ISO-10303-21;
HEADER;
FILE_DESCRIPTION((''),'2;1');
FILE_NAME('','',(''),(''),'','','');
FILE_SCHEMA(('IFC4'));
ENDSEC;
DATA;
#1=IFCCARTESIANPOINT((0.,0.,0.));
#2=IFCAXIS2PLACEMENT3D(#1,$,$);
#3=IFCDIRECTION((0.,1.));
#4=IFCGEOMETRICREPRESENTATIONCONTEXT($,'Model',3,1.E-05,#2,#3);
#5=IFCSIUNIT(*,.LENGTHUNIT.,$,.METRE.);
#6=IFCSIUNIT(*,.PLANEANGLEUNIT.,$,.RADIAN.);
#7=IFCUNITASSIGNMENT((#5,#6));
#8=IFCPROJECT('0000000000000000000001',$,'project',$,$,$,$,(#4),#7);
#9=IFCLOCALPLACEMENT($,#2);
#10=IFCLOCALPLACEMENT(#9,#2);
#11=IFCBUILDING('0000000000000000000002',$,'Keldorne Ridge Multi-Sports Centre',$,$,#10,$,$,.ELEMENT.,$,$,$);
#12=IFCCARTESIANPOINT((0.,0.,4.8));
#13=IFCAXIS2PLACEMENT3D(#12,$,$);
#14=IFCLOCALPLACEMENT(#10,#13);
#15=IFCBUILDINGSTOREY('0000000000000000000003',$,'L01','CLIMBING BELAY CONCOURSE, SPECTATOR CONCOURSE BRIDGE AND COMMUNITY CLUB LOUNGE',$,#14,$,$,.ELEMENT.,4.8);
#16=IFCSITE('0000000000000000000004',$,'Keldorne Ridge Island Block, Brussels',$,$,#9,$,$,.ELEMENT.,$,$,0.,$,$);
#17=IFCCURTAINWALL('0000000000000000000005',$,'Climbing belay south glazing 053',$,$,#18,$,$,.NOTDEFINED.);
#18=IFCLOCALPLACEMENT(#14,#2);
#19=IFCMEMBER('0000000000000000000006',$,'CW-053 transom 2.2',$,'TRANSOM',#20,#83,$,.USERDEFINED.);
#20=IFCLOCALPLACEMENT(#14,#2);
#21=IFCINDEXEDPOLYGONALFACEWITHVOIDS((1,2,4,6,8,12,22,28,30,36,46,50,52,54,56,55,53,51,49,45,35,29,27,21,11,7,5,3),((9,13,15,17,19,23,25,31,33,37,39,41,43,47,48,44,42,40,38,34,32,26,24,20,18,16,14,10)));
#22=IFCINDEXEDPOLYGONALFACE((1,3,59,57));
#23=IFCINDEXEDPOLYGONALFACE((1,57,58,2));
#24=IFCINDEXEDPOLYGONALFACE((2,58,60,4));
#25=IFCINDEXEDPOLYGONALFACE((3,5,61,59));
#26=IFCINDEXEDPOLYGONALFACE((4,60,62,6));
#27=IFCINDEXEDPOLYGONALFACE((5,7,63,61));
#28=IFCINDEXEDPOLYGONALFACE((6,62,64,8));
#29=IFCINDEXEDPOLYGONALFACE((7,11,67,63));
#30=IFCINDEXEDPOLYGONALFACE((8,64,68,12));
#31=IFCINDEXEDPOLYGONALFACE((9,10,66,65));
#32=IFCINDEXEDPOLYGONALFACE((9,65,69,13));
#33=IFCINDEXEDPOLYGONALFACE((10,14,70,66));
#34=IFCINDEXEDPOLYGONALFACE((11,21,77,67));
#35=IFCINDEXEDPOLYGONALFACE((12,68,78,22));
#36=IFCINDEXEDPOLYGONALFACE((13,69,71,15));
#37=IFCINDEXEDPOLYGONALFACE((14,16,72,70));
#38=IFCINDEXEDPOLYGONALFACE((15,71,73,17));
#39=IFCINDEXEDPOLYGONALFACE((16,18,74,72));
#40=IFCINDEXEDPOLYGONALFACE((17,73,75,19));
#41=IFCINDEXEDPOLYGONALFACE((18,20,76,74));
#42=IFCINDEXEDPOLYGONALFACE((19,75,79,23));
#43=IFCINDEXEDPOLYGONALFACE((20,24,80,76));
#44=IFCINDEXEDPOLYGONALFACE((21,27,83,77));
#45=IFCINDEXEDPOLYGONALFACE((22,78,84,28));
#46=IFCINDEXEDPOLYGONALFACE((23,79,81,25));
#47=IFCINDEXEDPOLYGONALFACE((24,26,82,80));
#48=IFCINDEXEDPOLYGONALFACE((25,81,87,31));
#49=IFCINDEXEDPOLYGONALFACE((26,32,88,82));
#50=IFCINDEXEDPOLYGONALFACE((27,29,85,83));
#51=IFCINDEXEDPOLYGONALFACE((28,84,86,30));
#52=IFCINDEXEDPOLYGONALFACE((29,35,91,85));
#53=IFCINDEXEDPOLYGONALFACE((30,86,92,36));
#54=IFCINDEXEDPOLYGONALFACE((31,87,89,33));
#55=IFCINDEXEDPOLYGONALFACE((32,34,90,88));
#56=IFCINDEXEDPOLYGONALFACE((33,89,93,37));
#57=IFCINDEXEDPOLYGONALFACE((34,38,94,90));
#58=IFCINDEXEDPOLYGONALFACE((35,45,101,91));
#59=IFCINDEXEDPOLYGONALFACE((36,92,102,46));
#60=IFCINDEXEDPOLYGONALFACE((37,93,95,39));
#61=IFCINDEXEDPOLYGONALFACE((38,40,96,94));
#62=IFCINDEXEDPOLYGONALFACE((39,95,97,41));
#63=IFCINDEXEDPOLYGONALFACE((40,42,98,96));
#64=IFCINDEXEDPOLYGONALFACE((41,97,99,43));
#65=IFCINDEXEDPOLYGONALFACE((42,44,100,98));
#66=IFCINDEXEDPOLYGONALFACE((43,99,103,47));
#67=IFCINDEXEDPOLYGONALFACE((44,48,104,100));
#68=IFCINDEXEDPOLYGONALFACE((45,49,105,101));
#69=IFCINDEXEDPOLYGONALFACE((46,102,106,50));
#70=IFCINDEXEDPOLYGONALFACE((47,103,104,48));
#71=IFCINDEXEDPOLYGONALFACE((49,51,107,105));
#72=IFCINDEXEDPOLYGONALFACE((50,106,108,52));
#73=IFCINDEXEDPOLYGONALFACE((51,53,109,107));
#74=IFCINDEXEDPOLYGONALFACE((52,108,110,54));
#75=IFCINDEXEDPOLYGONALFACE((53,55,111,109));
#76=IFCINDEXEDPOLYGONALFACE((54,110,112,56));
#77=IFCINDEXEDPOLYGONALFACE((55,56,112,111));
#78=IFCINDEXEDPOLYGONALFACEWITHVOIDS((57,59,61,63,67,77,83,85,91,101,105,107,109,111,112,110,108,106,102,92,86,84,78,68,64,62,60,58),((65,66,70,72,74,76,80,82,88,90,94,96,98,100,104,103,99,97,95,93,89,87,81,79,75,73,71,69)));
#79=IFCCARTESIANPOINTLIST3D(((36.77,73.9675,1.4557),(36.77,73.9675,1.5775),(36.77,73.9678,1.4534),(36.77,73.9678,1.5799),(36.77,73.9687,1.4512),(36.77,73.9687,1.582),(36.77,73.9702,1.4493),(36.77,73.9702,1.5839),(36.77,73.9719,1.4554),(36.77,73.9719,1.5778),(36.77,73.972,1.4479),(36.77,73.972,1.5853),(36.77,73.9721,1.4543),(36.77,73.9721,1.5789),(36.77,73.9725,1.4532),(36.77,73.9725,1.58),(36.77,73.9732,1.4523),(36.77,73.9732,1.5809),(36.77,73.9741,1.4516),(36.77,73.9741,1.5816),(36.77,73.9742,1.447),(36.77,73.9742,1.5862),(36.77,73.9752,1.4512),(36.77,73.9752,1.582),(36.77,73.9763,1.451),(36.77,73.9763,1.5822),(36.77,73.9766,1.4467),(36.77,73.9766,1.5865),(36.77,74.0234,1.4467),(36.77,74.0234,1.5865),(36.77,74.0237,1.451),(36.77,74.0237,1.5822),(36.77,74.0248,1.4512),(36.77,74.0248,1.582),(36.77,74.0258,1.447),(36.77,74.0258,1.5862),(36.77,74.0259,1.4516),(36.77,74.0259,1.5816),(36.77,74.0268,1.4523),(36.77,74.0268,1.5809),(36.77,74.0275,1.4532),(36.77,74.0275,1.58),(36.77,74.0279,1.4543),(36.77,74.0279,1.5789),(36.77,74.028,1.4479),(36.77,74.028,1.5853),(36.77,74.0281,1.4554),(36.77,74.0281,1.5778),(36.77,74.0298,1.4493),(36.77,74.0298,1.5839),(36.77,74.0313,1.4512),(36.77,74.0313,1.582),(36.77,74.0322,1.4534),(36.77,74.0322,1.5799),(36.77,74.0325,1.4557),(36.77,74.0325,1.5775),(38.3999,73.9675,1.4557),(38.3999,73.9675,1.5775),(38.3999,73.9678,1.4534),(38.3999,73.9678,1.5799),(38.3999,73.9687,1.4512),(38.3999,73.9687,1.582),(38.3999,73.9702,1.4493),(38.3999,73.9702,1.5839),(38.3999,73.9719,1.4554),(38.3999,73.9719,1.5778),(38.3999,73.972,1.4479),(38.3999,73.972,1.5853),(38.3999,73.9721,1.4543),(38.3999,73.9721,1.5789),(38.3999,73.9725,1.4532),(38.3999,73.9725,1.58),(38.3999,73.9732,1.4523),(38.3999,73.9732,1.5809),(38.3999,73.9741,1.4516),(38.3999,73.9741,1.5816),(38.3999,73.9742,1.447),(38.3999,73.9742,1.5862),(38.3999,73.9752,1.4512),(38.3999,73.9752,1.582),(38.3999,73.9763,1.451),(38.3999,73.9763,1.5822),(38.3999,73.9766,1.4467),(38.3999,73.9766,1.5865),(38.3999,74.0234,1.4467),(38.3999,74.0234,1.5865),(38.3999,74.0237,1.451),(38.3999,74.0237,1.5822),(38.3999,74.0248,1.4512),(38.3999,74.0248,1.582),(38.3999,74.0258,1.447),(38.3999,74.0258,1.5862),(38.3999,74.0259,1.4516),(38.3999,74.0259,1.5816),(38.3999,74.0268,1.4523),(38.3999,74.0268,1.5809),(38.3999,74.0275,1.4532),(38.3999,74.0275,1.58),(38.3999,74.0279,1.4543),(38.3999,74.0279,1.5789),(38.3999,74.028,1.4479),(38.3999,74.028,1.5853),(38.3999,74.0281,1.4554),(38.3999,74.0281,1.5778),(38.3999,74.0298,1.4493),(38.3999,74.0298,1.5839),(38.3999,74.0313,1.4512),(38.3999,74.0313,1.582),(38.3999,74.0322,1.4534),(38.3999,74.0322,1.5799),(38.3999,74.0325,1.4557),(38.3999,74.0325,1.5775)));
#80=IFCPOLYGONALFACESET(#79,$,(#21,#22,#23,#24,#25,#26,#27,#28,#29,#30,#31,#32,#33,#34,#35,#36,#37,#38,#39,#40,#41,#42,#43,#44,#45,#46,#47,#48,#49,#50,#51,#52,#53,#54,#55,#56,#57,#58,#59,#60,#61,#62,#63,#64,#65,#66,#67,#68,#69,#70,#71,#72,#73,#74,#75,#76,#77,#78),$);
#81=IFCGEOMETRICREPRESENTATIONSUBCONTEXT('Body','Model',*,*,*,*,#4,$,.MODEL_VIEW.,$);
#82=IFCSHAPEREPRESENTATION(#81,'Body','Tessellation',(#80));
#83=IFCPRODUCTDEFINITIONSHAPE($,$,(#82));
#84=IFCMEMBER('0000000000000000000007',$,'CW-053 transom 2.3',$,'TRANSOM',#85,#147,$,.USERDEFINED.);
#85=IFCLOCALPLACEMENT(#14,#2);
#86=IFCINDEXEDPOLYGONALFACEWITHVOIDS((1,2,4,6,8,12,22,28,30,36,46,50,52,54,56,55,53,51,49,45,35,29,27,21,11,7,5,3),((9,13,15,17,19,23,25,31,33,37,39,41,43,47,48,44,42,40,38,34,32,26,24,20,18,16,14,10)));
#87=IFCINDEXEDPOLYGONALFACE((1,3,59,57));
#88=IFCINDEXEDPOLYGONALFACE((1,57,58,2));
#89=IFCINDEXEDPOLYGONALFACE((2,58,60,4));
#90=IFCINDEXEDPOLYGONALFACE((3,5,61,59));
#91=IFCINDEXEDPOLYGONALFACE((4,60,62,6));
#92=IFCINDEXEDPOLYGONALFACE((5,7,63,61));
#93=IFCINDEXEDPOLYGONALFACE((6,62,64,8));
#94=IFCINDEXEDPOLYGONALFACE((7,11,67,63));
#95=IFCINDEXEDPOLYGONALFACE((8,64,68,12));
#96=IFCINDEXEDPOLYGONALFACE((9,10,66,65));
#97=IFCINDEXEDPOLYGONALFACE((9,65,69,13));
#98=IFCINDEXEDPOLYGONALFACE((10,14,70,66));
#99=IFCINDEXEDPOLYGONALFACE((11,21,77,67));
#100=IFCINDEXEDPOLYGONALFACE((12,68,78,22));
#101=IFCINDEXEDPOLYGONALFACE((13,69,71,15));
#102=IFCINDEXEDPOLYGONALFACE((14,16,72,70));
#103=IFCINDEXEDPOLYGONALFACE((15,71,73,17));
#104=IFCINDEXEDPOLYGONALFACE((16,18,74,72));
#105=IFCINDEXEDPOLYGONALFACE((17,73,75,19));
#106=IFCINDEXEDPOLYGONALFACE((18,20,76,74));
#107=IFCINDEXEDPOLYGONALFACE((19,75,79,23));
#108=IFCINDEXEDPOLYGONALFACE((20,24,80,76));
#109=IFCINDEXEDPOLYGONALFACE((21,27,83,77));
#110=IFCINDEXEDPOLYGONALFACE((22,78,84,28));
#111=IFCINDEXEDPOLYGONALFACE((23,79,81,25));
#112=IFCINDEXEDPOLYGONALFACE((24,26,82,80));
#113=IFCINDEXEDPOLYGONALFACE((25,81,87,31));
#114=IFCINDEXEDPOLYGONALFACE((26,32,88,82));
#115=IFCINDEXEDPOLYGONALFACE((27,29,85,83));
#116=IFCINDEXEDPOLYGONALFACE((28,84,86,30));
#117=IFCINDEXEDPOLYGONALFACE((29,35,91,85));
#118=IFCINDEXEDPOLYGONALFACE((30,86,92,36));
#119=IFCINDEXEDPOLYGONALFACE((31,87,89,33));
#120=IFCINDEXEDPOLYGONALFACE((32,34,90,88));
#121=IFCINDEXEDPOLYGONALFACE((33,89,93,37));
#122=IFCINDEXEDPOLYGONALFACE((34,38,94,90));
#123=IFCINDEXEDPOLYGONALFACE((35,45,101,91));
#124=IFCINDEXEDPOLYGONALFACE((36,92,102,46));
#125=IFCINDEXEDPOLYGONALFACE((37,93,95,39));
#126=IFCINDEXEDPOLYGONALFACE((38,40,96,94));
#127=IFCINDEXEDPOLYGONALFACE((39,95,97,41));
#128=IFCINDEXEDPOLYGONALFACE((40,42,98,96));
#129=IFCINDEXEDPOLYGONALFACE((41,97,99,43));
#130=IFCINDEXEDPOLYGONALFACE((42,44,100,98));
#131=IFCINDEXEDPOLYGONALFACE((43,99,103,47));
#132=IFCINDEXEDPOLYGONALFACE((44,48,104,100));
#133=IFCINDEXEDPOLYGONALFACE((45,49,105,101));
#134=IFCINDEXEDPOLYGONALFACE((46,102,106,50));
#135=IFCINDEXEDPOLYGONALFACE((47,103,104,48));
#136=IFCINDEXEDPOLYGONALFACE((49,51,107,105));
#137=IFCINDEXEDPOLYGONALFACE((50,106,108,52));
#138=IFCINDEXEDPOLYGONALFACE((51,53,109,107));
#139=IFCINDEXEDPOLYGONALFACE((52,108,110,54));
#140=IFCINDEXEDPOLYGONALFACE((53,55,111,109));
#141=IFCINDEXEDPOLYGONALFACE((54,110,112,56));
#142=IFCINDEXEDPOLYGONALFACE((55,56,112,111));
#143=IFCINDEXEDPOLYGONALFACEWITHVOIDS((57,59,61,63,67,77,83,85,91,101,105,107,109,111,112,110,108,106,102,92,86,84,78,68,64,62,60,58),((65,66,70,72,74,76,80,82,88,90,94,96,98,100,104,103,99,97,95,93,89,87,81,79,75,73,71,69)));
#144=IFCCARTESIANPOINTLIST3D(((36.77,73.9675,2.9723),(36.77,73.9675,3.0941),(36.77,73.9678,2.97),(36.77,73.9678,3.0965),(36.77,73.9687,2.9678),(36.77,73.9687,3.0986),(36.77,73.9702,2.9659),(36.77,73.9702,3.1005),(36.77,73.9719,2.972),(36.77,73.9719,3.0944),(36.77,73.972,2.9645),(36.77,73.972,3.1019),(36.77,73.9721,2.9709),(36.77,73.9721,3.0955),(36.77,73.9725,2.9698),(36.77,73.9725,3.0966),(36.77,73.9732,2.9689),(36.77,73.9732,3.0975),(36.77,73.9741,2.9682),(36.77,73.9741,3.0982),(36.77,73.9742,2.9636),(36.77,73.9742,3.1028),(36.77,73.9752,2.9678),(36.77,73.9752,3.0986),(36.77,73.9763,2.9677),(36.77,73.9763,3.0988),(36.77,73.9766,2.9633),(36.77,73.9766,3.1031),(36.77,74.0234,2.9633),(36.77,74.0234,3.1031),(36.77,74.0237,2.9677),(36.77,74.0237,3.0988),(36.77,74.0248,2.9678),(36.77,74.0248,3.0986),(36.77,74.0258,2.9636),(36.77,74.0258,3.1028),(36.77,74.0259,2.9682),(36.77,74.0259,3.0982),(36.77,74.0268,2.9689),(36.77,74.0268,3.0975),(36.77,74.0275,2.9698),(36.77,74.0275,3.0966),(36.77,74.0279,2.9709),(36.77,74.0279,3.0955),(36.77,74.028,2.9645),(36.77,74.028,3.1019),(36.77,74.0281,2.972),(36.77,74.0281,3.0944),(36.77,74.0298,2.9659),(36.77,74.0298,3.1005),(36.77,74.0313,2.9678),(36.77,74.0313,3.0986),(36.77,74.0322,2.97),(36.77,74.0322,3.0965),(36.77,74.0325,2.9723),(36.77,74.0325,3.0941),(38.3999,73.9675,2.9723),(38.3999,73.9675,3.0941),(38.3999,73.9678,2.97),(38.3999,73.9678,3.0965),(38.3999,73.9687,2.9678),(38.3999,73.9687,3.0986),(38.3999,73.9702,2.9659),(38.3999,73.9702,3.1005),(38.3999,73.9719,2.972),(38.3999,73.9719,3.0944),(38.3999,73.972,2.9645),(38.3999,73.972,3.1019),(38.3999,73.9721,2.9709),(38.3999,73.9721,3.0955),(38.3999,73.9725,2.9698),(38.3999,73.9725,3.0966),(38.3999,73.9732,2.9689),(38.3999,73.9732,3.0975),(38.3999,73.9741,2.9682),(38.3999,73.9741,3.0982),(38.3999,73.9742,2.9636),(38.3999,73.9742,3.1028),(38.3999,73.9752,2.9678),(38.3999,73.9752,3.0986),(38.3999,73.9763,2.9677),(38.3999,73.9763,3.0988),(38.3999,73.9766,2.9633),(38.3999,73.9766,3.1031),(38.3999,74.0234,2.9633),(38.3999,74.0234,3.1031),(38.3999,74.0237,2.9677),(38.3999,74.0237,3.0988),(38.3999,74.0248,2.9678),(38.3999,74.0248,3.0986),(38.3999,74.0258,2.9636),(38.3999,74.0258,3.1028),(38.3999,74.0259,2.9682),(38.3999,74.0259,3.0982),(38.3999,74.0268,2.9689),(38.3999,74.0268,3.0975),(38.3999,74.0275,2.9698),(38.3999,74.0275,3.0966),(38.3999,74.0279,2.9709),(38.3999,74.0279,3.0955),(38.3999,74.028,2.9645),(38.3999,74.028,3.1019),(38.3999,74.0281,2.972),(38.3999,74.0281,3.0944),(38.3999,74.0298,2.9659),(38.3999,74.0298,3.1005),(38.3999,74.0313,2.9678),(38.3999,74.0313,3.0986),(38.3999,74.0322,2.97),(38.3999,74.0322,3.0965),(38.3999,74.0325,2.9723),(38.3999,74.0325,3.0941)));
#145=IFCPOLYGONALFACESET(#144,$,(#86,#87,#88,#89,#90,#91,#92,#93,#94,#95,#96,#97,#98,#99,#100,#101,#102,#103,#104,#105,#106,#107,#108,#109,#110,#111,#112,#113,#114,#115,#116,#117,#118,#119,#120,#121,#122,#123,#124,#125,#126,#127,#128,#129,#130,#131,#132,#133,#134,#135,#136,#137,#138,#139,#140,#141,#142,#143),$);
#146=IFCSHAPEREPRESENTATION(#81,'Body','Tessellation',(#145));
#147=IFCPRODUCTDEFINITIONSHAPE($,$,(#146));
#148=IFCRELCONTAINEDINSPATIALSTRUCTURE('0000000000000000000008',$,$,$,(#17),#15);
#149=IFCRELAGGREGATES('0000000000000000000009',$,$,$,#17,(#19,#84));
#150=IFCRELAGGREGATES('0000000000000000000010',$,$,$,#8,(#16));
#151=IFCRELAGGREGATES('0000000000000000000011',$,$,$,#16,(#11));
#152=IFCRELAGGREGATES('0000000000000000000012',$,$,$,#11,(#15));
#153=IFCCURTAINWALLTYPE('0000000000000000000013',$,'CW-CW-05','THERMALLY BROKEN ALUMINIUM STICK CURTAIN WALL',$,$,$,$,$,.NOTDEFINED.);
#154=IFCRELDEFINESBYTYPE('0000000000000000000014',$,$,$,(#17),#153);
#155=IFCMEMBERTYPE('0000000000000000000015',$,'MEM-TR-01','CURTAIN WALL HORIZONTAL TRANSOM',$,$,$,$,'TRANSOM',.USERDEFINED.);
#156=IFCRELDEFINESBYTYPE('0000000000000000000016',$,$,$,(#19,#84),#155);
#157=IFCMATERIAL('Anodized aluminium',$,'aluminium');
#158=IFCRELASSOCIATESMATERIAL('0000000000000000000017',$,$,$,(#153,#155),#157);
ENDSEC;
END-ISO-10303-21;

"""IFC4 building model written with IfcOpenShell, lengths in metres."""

from ifc_helpers import new_model, si_unit, direction, frame, origin, origin_2d, place, context, subcontext, project, spatial, hollow_rectangle, extrude, material, material_profile, profile_set, type_object, element, aggregate, save


model = new_model("IFC4")

# Units and contexts
model_context = context("Model", 3, precision=1e-05, world=origin(), true_north=direction((0.0, 1.0)))
body_context = subcontext(model_context, "Body", "Model", "MODEL_VIEW")
ifc_project = project(units=[si_unit("LENGTHUNIT", "METRE"), si_unit("PLANEANGLEUNIT", "RADIAN")], contexts=[model_context])

# Site, building, storey
site_placement = place(None, origin())
site = spatial("IfcSite", under=ifc_project, at=site_placement, Name="Keldorne Ridge Island Block, Brussels", CompositionType="ELEMENT", RefElevation=0.0)
building_placement = place(site_placement, origin())
building = spatial("IfcBuilding", under=site, at=building_placement, Name="Keldorne Ridge Multi-Sports Centre", CompositionType="ELEMENT")
storey_placement = place(building_placement, frame((0.0, 0.0, 4.8)))
storey = spatial("IfcBuildingStorey", under=building, at=storey_placement, Name="L01", Description="CLIMBING BELAY CONCOURSE, SPECTATOR CONCOURSE BRIDGE AND COMMUNITY CLUB LOUNGE", CompositionType="ELEMENT", Elevation=4.8)

# Curtain wall, members
ifc_material_1 = material(Name="Anodized aluminium", Category="aluminium")
curtain_wall_type = type_object("IfcCurtainWallType", Name="CW-CW-05", Description="THERMALLY BROKEN ALUMINIUM STICK CURTAIN WALL", PredefinedType="NOTDEFINED", material=ifc_material_1)
curtain_wall_placement = place(storey_placement, origin())
curtain_wall = element("IfcCurtainWall", 1, at=curtain_wall_placement, inside=storey, type_object=curtain_wall_type, Name="Climbing belay south glazing 053", PredefinedType="NOTDEFINED")
ifc_material_profile_1 = material_profile(ifc_material_1, hollow_rectangle(XDim=0.0649, YDim=0.1399, WallThickness=0.0044, InnerFilletRadius=0.0044, OuterFilletRadius=0.009, at=origin_2d()), Name="ALU TRANSOM 140x65x4.5")
ifc_profile_set_1 = profile_set([ifc_material_profile_1], Name="Anodized aluminium")
member_type_1 = type_object("IfcMemberType", Name="MEM-TR-01", Description="CURTAIN WALL HORIZONTAL TRANSOM", ElementType="TRANSOM", PredefinedType="USERDEFINED", material=ifc_profile_set_1)
member_1_placement = place(storey_placement, frame((36.77, 74.0, 1.5166), z_axis=(1.0, 0.0, 0.0), x_axis=(0.0, 1.0, 0.0)))
member_1 = element("IfcMember", 2, at=member_1_placement, type_object=member_type_1, Name="CW-053 transom 2.2", ObjectType="TRANSOM", PredefinedType="USERDEFINED", context=body_context, shape_type="SweptSolid", body=[
    extrude(hollow_rectangle(XDim=0.0649, YDim=0.1399, WallThickness=0.0044, InnerFilletRadius=0.0044, OuterFilletRadius=0.009, at=origin_2d()), origin(), (0.0, 0.0, 1.0), 1.6299),
])
member_2_placement = place(storey_placement, frame((36.77, 74.0, 3.0332), z_axis=(1.0, 0.0, 0.0), x_axis=(0.0, 1.0, 0.0)))
member_2 = element("IfcMember", 3, at=member_2_placement, type_object=member_type_1, Name="CW-053 transom 2.3", ObjectType="TRANSOM", PredefinedType="USERDEFINED", context=body_context, shape_type="SweptSolid", body=[
    extrude(hollow_rectangle(XDim=0.0649, YDim=0.1399, WallThickness=0.0044, InnerFilletRadius=0.0044, OuterFilletRadius=0.009, at=origin_2d()), origin(), (0.0, 0.0, 1.0), 1.6299),
])
aggregate(curtain_wall, [member_1, member_2])

save(model, "model.ifc")
